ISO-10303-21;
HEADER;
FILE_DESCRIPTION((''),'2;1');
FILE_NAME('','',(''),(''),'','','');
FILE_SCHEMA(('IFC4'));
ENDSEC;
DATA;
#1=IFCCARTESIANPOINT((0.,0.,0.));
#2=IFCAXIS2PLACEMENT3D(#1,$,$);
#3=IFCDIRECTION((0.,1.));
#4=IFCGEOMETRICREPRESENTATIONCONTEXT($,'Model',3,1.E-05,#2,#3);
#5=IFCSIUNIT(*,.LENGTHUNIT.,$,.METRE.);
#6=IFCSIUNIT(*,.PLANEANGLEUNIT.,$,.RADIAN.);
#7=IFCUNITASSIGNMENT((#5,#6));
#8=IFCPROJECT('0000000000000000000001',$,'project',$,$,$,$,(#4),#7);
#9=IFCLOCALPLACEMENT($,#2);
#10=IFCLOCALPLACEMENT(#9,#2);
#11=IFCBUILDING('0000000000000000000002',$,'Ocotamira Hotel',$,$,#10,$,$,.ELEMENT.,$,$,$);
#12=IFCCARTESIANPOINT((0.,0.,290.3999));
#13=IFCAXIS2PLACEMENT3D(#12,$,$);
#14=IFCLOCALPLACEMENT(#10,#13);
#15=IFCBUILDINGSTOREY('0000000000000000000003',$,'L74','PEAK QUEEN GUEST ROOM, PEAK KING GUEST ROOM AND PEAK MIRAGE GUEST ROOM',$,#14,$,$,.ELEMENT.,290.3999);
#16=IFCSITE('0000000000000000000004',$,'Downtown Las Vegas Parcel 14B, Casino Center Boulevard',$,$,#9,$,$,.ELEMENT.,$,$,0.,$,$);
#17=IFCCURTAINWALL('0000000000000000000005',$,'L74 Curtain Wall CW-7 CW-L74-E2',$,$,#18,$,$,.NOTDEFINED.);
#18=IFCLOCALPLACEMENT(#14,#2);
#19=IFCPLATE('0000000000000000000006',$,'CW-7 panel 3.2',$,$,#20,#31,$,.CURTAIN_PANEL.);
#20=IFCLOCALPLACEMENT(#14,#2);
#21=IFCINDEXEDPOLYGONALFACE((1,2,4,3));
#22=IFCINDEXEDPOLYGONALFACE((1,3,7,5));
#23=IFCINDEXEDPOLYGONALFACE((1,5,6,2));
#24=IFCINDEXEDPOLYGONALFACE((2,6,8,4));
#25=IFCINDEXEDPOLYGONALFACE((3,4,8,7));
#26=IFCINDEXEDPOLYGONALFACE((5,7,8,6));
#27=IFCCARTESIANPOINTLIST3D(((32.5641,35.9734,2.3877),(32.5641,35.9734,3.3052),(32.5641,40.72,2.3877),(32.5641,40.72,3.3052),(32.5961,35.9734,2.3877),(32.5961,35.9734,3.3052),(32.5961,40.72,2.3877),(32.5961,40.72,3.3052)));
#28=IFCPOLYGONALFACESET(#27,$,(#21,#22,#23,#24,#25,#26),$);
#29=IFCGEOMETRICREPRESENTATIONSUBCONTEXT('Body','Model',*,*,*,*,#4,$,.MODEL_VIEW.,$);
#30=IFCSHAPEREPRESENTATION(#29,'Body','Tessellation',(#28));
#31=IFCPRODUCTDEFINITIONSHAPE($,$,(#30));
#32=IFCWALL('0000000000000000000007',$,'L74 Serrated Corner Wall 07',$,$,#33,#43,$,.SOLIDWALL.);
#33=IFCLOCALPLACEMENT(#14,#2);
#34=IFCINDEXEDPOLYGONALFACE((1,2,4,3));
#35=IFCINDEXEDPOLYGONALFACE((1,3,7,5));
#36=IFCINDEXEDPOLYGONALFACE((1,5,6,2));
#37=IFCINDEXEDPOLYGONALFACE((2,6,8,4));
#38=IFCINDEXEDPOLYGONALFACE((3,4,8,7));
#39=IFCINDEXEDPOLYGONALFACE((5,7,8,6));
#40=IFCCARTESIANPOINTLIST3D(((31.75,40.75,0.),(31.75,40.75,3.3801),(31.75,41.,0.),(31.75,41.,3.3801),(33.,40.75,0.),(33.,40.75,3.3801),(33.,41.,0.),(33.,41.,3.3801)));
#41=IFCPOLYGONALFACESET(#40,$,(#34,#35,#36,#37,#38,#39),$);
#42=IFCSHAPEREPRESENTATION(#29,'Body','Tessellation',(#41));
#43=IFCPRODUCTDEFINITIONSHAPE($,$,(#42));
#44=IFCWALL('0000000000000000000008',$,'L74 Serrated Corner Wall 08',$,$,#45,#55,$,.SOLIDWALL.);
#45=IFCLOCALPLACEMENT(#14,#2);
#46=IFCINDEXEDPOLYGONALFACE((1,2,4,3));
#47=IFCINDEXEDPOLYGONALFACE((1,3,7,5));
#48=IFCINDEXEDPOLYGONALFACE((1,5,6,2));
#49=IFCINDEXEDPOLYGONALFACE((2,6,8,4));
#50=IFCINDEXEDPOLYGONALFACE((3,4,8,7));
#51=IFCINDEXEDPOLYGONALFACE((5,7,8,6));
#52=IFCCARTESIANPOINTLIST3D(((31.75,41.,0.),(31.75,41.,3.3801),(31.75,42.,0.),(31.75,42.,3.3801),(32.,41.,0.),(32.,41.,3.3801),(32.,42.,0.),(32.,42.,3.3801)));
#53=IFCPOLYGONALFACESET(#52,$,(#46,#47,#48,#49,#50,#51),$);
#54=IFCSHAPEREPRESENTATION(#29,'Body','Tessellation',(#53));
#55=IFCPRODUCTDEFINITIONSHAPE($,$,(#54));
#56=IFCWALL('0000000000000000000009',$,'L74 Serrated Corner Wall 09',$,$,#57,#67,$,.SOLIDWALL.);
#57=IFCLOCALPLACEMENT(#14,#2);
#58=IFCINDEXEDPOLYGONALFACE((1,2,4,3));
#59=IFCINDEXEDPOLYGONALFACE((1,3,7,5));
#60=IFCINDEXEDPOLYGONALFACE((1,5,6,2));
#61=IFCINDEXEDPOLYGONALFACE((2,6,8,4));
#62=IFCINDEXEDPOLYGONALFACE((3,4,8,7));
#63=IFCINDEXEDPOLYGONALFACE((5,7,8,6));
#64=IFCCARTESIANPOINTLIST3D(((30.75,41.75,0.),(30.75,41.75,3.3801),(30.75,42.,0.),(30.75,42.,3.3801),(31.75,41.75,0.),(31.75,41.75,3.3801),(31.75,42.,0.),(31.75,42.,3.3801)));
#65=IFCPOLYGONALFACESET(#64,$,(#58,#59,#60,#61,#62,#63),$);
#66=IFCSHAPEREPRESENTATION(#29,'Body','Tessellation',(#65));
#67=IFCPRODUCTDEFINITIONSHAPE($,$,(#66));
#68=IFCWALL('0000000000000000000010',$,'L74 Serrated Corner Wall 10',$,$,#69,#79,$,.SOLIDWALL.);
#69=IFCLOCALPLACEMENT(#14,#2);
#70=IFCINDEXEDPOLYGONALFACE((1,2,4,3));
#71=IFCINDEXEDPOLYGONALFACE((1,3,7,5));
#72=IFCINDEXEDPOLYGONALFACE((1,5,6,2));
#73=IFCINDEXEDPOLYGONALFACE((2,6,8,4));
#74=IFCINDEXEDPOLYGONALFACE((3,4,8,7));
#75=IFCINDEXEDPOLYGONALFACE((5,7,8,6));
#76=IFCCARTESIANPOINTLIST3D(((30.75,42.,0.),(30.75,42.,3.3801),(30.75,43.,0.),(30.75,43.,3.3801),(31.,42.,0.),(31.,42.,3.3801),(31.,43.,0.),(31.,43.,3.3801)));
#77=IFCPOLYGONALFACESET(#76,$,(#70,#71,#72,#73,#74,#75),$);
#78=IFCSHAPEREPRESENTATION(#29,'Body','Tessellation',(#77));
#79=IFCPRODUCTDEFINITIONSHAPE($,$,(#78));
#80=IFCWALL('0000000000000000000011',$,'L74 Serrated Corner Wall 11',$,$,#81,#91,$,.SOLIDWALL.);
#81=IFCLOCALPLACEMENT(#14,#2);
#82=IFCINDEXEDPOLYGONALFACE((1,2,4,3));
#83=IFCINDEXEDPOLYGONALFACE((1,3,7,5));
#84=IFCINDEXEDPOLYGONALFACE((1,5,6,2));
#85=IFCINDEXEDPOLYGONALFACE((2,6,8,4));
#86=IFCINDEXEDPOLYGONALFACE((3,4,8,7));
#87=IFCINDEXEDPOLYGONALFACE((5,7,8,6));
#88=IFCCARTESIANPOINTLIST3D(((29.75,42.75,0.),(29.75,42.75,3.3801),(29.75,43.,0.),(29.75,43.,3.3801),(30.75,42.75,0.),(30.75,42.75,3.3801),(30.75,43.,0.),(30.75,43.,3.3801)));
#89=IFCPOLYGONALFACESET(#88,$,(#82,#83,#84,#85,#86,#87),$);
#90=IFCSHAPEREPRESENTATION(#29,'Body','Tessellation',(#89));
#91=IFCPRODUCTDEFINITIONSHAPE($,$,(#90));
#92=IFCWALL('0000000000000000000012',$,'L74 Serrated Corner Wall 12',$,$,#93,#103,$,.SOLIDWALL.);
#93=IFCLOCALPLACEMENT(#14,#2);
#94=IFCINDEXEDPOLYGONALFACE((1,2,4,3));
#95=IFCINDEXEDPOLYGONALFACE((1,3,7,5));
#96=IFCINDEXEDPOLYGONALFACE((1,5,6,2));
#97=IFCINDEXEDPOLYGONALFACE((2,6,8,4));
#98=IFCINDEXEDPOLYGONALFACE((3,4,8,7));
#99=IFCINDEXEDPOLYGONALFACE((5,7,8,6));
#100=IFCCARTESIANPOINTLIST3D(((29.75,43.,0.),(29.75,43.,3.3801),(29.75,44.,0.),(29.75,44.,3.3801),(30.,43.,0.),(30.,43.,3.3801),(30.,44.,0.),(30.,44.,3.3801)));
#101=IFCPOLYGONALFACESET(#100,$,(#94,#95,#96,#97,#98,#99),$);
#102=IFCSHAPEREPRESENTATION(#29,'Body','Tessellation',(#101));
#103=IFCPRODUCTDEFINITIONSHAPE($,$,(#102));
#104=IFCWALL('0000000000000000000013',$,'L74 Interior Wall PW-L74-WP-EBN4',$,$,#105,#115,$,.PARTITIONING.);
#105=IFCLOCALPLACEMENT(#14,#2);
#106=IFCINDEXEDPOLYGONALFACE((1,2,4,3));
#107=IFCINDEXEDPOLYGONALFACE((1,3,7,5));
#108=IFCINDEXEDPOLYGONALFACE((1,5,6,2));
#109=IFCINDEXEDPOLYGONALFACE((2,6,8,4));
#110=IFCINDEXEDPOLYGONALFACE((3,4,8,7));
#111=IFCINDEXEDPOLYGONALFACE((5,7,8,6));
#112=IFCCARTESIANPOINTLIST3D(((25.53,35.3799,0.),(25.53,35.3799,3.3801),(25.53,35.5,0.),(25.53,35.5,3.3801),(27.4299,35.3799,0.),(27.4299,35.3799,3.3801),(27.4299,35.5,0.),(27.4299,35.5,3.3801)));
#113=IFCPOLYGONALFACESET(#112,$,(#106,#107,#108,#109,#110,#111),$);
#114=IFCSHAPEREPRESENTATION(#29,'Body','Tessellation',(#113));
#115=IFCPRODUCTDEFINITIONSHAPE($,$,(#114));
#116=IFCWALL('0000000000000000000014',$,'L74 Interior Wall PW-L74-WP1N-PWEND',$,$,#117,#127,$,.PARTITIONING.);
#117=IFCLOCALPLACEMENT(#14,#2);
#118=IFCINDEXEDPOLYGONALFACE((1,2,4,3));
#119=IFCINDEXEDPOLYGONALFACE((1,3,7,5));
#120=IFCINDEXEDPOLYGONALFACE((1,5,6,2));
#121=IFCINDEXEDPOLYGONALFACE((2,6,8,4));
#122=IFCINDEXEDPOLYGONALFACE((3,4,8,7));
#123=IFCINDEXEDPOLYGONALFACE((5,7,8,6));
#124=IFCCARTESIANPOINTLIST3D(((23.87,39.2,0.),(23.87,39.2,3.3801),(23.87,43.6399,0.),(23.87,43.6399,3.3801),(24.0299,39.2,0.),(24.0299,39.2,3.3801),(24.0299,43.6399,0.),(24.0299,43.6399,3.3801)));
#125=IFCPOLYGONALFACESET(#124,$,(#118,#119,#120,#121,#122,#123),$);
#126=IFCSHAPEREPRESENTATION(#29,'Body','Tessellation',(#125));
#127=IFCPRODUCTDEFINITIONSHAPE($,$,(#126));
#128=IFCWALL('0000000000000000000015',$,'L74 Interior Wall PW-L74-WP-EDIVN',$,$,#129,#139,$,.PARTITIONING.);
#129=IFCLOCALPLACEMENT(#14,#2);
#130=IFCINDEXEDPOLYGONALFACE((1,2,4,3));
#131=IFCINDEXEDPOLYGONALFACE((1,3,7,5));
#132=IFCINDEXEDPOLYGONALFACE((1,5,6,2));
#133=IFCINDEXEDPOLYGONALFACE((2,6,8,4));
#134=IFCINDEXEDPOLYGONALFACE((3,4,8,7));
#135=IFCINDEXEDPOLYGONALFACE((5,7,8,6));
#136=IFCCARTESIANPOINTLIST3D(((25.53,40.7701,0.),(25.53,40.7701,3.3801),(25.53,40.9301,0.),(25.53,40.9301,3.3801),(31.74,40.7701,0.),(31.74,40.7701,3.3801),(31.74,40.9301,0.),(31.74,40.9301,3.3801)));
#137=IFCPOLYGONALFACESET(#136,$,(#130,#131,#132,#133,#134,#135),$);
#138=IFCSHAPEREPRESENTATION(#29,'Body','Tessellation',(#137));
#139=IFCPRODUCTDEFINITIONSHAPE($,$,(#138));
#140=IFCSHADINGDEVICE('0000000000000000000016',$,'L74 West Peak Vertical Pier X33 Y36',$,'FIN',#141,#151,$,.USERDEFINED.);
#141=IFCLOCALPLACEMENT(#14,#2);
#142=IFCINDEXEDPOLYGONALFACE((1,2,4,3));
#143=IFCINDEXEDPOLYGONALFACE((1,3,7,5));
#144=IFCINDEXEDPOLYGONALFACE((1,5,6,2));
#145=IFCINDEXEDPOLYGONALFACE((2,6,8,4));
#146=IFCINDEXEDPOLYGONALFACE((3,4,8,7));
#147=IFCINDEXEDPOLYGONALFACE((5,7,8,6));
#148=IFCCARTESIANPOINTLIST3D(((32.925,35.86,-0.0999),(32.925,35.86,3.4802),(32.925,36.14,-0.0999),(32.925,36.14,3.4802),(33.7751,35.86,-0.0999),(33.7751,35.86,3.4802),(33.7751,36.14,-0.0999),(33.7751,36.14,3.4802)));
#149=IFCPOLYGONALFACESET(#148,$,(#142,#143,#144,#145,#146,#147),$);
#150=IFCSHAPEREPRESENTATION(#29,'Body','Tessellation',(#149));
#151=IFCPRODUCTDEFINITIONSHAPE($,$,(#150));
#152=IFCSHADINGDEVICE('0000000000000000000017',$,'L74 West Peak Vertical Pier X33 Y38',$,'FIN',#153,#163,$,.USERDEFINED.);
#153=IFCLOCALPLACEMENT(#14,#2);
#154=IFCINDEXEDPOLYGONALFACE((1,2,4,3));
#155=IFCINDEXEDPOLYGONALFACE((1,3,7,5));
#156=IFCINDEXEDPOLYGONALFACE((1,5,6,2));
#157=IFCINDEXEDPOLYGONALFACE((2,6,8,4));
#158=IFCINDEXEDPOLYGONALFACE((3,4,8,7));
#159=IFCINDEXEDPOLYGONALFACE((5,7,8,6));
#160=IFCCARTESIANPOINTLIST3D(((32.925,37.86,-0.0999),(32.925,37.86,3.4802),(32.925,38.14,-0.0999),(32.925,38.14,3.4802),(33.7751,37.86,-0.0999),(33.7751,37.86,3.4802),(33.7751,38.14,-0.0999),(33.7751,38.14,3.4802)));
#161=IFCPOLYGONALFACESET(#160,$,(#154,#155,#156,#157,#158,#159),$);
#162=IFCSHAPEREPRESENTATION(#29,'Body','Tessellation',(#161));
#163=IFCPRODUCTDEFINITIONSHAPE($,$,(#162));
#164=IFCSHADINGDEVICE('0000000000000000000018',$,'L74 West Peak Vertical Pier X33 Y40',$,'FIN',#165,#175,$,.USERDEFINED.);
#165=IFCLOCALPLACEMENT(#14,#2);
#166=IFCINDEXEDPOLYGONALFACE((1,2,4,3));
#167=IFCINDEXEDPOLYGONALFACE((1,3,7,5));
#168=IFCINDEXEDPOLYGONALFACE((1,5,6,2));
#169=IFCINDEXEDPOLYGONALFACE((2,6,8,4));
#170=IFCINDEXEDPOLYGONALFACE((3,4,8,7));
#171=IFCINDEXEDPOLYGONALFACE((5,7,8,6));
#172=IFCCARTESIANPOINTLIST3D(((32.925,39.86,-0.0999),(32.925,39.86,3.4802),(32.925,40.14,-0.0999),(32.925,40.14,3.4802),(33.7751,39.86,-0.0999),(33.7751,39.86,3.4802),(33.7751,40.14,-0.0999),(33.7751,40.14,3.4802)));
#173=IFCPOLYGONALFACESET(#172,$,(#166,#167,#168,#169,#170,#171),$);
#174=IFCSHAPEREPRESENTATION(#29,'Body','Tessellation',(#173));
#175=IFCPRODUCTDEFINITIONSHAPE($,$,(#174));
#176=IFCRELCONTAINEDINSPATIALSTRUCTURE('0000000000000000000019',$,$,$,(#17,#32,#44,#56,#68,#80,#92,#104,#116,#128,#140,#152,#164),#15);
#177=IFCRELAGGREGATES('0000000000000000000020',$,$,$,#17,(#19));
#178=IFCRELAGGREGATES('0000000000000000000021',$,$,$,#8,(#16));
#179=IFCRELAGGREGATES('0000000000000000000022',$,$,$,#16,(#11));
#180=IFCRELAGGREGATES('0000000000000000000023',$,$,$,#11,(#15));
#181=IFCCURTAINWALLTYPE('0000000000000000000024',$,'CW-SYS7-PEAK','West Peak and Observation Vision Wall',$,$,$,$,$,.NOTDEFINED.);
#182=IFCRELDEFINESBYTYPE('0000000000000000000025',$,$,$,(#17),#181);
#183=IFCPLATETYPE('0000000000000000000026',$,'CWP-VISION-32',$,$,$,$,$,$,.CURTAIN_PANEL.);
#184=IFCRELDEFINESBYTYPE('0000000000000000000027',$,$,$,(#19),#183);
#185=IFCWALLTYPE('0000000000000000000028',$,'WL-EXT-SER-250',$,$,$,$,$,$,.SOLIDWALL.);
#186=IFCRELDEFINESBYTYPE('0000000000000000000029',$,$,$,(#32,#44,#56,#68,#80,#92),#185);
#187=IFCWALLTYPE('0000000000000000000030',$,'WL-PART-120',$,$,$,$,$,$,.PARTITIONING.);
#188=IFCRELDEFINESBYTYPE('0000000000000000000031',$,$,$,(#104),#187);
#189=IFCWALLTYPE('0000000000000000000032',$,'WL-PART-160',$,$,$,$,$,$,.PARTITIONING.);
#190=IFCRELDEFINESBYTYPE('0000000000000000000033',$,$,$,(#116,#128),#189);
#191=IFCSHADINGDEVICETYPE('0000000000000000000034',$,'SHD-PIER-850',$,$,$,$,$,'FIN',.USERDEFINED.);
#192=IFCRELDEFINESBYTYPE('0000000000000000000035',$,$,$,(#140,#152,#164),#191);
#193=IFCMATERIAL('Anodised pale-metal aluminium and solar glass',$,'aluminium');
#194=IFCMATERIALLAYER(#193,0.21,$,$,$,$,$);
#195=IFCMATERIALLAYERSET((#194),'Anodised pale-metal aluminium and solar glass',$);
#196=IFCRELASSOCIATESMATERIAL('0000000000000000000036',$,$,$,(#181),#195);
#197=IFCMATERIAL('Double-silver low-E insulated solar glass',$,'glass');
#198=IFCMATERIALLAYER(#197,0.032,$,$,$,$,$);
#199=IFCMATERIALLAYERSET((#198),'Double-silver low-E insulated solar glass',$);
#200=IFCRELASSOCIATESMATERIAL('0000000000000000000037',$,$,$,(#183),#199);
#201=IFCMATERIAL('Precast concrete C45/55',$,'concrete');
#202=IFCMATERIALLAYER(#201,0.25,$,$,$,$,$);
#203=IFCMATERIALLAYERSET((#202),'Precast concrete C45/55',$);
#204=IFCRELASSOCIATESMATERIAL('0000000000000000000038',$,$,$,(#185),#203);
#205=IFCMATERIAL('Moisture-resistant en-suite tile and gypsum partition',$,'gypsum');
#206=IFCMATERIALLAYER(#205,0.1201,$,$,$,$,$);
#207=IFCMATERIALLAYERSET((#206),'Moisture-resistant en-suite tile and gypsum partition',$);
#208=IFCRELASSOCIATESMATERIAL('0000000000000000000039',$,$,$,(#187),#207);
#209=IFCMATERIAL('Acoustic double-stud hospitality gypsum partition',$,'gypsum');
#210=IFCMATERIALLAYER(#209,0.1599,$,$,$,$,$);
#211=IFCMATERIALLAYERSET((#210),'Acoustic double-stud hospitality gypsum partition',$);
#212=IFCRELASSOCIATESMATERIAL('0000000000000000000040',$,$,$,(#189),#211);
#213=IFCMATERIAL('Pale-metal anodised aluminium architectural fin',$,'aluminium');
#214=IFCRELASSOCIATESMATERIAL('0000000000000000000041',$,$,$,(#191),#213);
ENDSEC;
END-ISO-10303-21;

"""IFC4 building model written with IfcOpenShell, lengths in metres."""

from ifc_helpers import new_model, si_unit, direction, frame, frame_2d, origin, origin_2d, place, context, subcontext, project, spatial, rectangle, extrude, source, transform, mapped, material, layer, layer_set, type_object, element, aggregate, save


model = new_model("IFC4")

# Units and contexts
model_context = context("Model", 3, precision=1e-05, world=origin(), true_north=direction((0.0, 1.0)))
body_context = subcontext(model_context, "Body", "Model", "MODEL_VIEW")
ifc_project = project(units=[si_unit("LENGTHUNIT", "METRE"), si_unit("PLANEANGLEUNIT", "RADIAN")], contexts=[model_context])

# Site, building, storey
site_placement = place(None, origin())
site = spatial("IfcSite", under=ifc_project, at=site_placement, Name="Downtown Las Vegas Parcel 14B, Casino Center Boulevard", CompositionType="ELEMENT", RefElevation=0.0)
building_placement = place(site_placement, origin())
building = spatial("IfcBuilding", under=site, at=building_placement, Name="Ocotamira Hotel", CompositionType="ELEMENT")
storey_placement = place(building_placement, frame((0.0, 0.0, 290.3999)))
storey = spatial("IfcBuildingStorey", under=building, at=storey_placement, Name="L74", Description="PEAK QUEEN GUEST ROOM, PEAK KING GUEST ROOM AND PEAK MIRAGE GUEST ROOM", CompositionType="ELEMENT", Elevation=290.3999)

# Curtain wall
ifc_material_1 = material(Name="Anodised pale-metal aluminium and solar glass", Category="aluminium")
ifc_layer_1 = layer(ifc_material_1, 0.21)
ifc_layer_set_1 = layer_set([ifc_layer_1], Name="Anodised pale-metal aluminium and solar glass")
curtain_wall_type = type_object("IfcCurtainWallType", Name="CW-SYS7-PEAK", Description="West Peak and Observation Vision Wall", PredefinedType="NOTDEFINED", material=ifc_layer_set_1)
curtain_wall_1_placement = place(storey_placement, origin())
curtain_wall_1 = element("IfcCurtainWall", 1, at=curtain_wall_1_placement, inside=storey, type_object=curtain_wall_type, Name="L74 Curtain Wall CW-7 CW-L74-E2", PredefinedType="NOTDEFINED")

# Plate
ifc_material_2 = material(Name="Double-silver low-E insulated solar glass", Category="glass")
ifc_layer_2 = layer(ifc_material_2, 0.032)
ifc_layer_set_2 = layer_set([ifc_layer_2], Name="Double-silver low-E insulated solar glass")
plate_type = type_object("IfcPlateType", Name="CWP-VISION-32", PredefinedType="CURTAIN_PANEL", material=ifc_layer_set_2)
shared_shape_1 = source(origin(), body_context, "Body", "SweptSolid", [
    extrude(rectangle(XDim=4.7466, YDim=0.032, at=origin_2d()), origin(), (0.0, 0.0, 1.0), 0.9175),
])
plate_1_placement = place(storey_placement, frame((32.5801, 38.3467, 2.3877), z_axis=(0.0, 0.0, 1.0), x_axis=(0.0, 1.0, 0.0)))
plate_1 = element("IfcPlate", 2, at=plate_1_placement, type_object=plate_type, Name="CW-7 panel 3.2", PredefinedType="CURTAIN_PANEL", context=body_context, shape_type="MappedRepresentation", body=[
    mapped(shared_shape_1, transform((0.0, 0.0, 0.0), scale=1.0)),
])
aggregate(curtain_wall_1, [plate_1])

# Walls
ifc_material_3 = material(Name="Precast concrete C45/55", Category="concrete")
ifc_layer_3 = layer(ifc_material_3, 0.25)
ifc_layer_set_3 = layer_set([ifc_layer_3], Name="Precast concrete C45/55")
wall_type_1 = type_object("IfcWallType", Name="WL-EXT-SER-250", PredefinedType="SOLIDWALL", material=ifc_layer_set_3)
wall_1_placement = place(storey_placement, frame((33.0, 40.875, 0.0), z_axis=(0.0, 0.0, 1.0), x_axis=(-1.0, 0.0, 0.0)))
element("IfcWall", 3, at=wall_1_placement, inside=storey, type_object=wall_type_1, Name="L74 Serrated Corner Wall 07", PredefinedType="SOLIDWALL", context=body_context, shape_type="SweptSolid", body=[
    extrude(rectangle(XDim=1.25, YDim=0.25, at=frame_2d((0.625, 0.0))), origin(), (0.0, 0.0, 1.0), 3.3801),
])
for number, where, z_axis, x_axis, name in (
    (4, (31.875, 41.0, 0.0), (0.0, 0.0, 1.0), (0.0, 1.0, 0.0), "L74 Serrated Corner Wall 08"),
    (5, (31.75, 41.875, 0.0), (0.0, 0.0, 1.0), (-1.0, 0.0, 0.0), "L74 Serrated Corner Wall 09"),
    (6, (30.875, 42.0, 0.0), (0.0, 0.0, 1.0), (0.0, 1.0, 0.0), "L74 Serrated Corner Wall 10"),
    (7, (30.75, 42.875, 0.0), (0.0, 0.0, 1.0), (-1.0, 0.0, 0.0), "L74 Serrated Corner Wall 11"),
    (8, (29.875, 43.0, 0.0), (0.0, 0.0, 1.0), (0.0, 1.0, 0.0), "L74 Serrated Corner Wall 12"),
):
    element("IfcWall", number, at=place(storey_placement, frame(where, z_axis=z_axis, x_axis=x_axis)), inside=storey, type_object=wall_type_1, Name=name, PredefinedType="SOLIDWALL", context=body_context, shape_type="SweptSolid", body=[
        extrude(rectangle(XDim=1.0, YDim=0.25, at=frame_2d((0.5, 0.0))), origin(), (0.0, 0.0, 1.0), 3.3801),
    ])
ifc_material_4 = material(Name="Moisture-resistant en-suite tile and gypsum partition", Category="gypsum")
ifc_layer_4 = layer(ifc_material_4, 0.1201)
ifc_layer_set_4 = layer_set([ifc_layer_4], Name="Moisture-resistant en-suite tile and gypsum partition")
wall_type_2 = type_object("IfcWallType", Name="WL-PART-120", PredefinedType="PARTITIONING", material=ifc_layer_set_4)
wall_2_placement = place(storey_placement, frame((25.53, 35.4399, 0.0), z_axis=(0.0, 0.0, 1.0), x_axis=(1.0, 0.0, 0.0)))
element("IfcWall", 9, at=wall_2_placement, inside=storey, type_object=wall_type_2, Name="L74 Interior Wall PW-L74-WP-EBN4", PredefinedType="PARTITIONING", context=body_context, shape_type="SweptSolid", body=[
    extrude(rectangle(XDim=1.8999, YDim=0.1201, at=frame_2d((0.95, 0.0))), origin(), (0.0, 0.0, 1.0), 3.3801),
])
ifc_material_5 = material(Name="Acoustic double-stud hospitality gypsum partition", Category="gypsum")
ifc_layer_5 = layer(ifc_material_5, 0.1599)
ifc_layer_set_5 = layer_set([ifc_layer_5], Name="Acoustic double-stud hospitality gypsum partition")
wall_type_3 = type_object("IfcWallType", Name="WL-PART-160", PredefinedType="PARTITIONING", material=ifc_layer_set_5)
wall_3_placement = place(storey_placement, frame((23.95, 39.2, 0.0), z_axis=(0.0, 0.0, 1.0), x_axis=(0.0, 1.0, 0.0)))
element("IfcWall", 10, at=wall_3_placement, inside=storey, type_object=wall_type_3, Name="L74 Interior Wall PW-L74-WP1N-PWEND", PredefinedType="PARTITIONING", context=body_context, shape_type="SweptSolid", body=[
    extrude(rectangle(XDim=4.4399, YDim=0.1599, at=frame_2d((2.22, 0.0))), origin(), (0.0, 0.0, 1.0), 3.3801),
])
wall_4_placement = place(storey_placement, frame((25.53, 40.8501, 0.0), z_axis=(0.0, 0.0, 1.0), x_axis=(1.0, 0.0, 0.0)))
element("IfcWall", 11, at=wall_4_placement, inside=storey, type_object=wall_type_3, Name="L74 Interior Wall PW-L74-WP-EDIVN", PredefinedType="PARTITIONING", context=body_context, shape_type="SweptSolid", body=[
    extrude(rectangle(XDim=6.21, YDim=0.1599, at=frame_2d((3.105, 0.0))), origin(), (0.0, 0.0, 1.0), 3.3801),
])

# Shading devices
ifc_material_6 = material(Name="Pale-metal anodised aluminium architectural fin", Category="aluminium")
shading_device_type = type_object("IfcShadingDeviceType", Name="SHD-PIER-850", ElementType="FIN", PredefinedType="USERDEFINED", material=ifc_material_6)
shared_shape_2 = source(origin(), body_context, "Body", "SweptSolid", [
    extrude(rectangle(XDim=0.8501, YDim=0.28, at=origin_2d()), origin(), (0.0, 0.0, 1.0), 3.5801),
])
for number, where, z_axis, x_axis, name in (
    (12, (33.3501, 36.0, -0.0999), (0.0, 0.0, 1.0), (1.0, 0.0, 0.0), "L74 West Peak Vertical Pier X33 Y36"),
    (13, (33.3501, 38.0, -0.0999), (0.0, 0.0, 1.0), (1.0, 0.0, 0.0), "L74 West Peak Vertical Pier X33 Y38"),
    (14, (33.3501, 40.0, -0.0999), (0.0, 0.0, 1.0), (1.0, 0.0, 0.0), "L74 West Peak Vertical Pier X33 Y40"),
):
    element("IfcShadingDevice", number, at=place(storey_placement, frame(where, z_axis=z_axis, x_axis=x_axis)), inside=storey, type_object=shading_device_type, Name=name, ObjectType="FIN", PredefinedType="USERDEFINED", context=body_context, shape_type="MappedRepresentation", body=[
        mapped(shared_shape_2, transform((0.0, 0.0, 0.0), scale=1.0)),
    ])

save(model, "model.ifc")
